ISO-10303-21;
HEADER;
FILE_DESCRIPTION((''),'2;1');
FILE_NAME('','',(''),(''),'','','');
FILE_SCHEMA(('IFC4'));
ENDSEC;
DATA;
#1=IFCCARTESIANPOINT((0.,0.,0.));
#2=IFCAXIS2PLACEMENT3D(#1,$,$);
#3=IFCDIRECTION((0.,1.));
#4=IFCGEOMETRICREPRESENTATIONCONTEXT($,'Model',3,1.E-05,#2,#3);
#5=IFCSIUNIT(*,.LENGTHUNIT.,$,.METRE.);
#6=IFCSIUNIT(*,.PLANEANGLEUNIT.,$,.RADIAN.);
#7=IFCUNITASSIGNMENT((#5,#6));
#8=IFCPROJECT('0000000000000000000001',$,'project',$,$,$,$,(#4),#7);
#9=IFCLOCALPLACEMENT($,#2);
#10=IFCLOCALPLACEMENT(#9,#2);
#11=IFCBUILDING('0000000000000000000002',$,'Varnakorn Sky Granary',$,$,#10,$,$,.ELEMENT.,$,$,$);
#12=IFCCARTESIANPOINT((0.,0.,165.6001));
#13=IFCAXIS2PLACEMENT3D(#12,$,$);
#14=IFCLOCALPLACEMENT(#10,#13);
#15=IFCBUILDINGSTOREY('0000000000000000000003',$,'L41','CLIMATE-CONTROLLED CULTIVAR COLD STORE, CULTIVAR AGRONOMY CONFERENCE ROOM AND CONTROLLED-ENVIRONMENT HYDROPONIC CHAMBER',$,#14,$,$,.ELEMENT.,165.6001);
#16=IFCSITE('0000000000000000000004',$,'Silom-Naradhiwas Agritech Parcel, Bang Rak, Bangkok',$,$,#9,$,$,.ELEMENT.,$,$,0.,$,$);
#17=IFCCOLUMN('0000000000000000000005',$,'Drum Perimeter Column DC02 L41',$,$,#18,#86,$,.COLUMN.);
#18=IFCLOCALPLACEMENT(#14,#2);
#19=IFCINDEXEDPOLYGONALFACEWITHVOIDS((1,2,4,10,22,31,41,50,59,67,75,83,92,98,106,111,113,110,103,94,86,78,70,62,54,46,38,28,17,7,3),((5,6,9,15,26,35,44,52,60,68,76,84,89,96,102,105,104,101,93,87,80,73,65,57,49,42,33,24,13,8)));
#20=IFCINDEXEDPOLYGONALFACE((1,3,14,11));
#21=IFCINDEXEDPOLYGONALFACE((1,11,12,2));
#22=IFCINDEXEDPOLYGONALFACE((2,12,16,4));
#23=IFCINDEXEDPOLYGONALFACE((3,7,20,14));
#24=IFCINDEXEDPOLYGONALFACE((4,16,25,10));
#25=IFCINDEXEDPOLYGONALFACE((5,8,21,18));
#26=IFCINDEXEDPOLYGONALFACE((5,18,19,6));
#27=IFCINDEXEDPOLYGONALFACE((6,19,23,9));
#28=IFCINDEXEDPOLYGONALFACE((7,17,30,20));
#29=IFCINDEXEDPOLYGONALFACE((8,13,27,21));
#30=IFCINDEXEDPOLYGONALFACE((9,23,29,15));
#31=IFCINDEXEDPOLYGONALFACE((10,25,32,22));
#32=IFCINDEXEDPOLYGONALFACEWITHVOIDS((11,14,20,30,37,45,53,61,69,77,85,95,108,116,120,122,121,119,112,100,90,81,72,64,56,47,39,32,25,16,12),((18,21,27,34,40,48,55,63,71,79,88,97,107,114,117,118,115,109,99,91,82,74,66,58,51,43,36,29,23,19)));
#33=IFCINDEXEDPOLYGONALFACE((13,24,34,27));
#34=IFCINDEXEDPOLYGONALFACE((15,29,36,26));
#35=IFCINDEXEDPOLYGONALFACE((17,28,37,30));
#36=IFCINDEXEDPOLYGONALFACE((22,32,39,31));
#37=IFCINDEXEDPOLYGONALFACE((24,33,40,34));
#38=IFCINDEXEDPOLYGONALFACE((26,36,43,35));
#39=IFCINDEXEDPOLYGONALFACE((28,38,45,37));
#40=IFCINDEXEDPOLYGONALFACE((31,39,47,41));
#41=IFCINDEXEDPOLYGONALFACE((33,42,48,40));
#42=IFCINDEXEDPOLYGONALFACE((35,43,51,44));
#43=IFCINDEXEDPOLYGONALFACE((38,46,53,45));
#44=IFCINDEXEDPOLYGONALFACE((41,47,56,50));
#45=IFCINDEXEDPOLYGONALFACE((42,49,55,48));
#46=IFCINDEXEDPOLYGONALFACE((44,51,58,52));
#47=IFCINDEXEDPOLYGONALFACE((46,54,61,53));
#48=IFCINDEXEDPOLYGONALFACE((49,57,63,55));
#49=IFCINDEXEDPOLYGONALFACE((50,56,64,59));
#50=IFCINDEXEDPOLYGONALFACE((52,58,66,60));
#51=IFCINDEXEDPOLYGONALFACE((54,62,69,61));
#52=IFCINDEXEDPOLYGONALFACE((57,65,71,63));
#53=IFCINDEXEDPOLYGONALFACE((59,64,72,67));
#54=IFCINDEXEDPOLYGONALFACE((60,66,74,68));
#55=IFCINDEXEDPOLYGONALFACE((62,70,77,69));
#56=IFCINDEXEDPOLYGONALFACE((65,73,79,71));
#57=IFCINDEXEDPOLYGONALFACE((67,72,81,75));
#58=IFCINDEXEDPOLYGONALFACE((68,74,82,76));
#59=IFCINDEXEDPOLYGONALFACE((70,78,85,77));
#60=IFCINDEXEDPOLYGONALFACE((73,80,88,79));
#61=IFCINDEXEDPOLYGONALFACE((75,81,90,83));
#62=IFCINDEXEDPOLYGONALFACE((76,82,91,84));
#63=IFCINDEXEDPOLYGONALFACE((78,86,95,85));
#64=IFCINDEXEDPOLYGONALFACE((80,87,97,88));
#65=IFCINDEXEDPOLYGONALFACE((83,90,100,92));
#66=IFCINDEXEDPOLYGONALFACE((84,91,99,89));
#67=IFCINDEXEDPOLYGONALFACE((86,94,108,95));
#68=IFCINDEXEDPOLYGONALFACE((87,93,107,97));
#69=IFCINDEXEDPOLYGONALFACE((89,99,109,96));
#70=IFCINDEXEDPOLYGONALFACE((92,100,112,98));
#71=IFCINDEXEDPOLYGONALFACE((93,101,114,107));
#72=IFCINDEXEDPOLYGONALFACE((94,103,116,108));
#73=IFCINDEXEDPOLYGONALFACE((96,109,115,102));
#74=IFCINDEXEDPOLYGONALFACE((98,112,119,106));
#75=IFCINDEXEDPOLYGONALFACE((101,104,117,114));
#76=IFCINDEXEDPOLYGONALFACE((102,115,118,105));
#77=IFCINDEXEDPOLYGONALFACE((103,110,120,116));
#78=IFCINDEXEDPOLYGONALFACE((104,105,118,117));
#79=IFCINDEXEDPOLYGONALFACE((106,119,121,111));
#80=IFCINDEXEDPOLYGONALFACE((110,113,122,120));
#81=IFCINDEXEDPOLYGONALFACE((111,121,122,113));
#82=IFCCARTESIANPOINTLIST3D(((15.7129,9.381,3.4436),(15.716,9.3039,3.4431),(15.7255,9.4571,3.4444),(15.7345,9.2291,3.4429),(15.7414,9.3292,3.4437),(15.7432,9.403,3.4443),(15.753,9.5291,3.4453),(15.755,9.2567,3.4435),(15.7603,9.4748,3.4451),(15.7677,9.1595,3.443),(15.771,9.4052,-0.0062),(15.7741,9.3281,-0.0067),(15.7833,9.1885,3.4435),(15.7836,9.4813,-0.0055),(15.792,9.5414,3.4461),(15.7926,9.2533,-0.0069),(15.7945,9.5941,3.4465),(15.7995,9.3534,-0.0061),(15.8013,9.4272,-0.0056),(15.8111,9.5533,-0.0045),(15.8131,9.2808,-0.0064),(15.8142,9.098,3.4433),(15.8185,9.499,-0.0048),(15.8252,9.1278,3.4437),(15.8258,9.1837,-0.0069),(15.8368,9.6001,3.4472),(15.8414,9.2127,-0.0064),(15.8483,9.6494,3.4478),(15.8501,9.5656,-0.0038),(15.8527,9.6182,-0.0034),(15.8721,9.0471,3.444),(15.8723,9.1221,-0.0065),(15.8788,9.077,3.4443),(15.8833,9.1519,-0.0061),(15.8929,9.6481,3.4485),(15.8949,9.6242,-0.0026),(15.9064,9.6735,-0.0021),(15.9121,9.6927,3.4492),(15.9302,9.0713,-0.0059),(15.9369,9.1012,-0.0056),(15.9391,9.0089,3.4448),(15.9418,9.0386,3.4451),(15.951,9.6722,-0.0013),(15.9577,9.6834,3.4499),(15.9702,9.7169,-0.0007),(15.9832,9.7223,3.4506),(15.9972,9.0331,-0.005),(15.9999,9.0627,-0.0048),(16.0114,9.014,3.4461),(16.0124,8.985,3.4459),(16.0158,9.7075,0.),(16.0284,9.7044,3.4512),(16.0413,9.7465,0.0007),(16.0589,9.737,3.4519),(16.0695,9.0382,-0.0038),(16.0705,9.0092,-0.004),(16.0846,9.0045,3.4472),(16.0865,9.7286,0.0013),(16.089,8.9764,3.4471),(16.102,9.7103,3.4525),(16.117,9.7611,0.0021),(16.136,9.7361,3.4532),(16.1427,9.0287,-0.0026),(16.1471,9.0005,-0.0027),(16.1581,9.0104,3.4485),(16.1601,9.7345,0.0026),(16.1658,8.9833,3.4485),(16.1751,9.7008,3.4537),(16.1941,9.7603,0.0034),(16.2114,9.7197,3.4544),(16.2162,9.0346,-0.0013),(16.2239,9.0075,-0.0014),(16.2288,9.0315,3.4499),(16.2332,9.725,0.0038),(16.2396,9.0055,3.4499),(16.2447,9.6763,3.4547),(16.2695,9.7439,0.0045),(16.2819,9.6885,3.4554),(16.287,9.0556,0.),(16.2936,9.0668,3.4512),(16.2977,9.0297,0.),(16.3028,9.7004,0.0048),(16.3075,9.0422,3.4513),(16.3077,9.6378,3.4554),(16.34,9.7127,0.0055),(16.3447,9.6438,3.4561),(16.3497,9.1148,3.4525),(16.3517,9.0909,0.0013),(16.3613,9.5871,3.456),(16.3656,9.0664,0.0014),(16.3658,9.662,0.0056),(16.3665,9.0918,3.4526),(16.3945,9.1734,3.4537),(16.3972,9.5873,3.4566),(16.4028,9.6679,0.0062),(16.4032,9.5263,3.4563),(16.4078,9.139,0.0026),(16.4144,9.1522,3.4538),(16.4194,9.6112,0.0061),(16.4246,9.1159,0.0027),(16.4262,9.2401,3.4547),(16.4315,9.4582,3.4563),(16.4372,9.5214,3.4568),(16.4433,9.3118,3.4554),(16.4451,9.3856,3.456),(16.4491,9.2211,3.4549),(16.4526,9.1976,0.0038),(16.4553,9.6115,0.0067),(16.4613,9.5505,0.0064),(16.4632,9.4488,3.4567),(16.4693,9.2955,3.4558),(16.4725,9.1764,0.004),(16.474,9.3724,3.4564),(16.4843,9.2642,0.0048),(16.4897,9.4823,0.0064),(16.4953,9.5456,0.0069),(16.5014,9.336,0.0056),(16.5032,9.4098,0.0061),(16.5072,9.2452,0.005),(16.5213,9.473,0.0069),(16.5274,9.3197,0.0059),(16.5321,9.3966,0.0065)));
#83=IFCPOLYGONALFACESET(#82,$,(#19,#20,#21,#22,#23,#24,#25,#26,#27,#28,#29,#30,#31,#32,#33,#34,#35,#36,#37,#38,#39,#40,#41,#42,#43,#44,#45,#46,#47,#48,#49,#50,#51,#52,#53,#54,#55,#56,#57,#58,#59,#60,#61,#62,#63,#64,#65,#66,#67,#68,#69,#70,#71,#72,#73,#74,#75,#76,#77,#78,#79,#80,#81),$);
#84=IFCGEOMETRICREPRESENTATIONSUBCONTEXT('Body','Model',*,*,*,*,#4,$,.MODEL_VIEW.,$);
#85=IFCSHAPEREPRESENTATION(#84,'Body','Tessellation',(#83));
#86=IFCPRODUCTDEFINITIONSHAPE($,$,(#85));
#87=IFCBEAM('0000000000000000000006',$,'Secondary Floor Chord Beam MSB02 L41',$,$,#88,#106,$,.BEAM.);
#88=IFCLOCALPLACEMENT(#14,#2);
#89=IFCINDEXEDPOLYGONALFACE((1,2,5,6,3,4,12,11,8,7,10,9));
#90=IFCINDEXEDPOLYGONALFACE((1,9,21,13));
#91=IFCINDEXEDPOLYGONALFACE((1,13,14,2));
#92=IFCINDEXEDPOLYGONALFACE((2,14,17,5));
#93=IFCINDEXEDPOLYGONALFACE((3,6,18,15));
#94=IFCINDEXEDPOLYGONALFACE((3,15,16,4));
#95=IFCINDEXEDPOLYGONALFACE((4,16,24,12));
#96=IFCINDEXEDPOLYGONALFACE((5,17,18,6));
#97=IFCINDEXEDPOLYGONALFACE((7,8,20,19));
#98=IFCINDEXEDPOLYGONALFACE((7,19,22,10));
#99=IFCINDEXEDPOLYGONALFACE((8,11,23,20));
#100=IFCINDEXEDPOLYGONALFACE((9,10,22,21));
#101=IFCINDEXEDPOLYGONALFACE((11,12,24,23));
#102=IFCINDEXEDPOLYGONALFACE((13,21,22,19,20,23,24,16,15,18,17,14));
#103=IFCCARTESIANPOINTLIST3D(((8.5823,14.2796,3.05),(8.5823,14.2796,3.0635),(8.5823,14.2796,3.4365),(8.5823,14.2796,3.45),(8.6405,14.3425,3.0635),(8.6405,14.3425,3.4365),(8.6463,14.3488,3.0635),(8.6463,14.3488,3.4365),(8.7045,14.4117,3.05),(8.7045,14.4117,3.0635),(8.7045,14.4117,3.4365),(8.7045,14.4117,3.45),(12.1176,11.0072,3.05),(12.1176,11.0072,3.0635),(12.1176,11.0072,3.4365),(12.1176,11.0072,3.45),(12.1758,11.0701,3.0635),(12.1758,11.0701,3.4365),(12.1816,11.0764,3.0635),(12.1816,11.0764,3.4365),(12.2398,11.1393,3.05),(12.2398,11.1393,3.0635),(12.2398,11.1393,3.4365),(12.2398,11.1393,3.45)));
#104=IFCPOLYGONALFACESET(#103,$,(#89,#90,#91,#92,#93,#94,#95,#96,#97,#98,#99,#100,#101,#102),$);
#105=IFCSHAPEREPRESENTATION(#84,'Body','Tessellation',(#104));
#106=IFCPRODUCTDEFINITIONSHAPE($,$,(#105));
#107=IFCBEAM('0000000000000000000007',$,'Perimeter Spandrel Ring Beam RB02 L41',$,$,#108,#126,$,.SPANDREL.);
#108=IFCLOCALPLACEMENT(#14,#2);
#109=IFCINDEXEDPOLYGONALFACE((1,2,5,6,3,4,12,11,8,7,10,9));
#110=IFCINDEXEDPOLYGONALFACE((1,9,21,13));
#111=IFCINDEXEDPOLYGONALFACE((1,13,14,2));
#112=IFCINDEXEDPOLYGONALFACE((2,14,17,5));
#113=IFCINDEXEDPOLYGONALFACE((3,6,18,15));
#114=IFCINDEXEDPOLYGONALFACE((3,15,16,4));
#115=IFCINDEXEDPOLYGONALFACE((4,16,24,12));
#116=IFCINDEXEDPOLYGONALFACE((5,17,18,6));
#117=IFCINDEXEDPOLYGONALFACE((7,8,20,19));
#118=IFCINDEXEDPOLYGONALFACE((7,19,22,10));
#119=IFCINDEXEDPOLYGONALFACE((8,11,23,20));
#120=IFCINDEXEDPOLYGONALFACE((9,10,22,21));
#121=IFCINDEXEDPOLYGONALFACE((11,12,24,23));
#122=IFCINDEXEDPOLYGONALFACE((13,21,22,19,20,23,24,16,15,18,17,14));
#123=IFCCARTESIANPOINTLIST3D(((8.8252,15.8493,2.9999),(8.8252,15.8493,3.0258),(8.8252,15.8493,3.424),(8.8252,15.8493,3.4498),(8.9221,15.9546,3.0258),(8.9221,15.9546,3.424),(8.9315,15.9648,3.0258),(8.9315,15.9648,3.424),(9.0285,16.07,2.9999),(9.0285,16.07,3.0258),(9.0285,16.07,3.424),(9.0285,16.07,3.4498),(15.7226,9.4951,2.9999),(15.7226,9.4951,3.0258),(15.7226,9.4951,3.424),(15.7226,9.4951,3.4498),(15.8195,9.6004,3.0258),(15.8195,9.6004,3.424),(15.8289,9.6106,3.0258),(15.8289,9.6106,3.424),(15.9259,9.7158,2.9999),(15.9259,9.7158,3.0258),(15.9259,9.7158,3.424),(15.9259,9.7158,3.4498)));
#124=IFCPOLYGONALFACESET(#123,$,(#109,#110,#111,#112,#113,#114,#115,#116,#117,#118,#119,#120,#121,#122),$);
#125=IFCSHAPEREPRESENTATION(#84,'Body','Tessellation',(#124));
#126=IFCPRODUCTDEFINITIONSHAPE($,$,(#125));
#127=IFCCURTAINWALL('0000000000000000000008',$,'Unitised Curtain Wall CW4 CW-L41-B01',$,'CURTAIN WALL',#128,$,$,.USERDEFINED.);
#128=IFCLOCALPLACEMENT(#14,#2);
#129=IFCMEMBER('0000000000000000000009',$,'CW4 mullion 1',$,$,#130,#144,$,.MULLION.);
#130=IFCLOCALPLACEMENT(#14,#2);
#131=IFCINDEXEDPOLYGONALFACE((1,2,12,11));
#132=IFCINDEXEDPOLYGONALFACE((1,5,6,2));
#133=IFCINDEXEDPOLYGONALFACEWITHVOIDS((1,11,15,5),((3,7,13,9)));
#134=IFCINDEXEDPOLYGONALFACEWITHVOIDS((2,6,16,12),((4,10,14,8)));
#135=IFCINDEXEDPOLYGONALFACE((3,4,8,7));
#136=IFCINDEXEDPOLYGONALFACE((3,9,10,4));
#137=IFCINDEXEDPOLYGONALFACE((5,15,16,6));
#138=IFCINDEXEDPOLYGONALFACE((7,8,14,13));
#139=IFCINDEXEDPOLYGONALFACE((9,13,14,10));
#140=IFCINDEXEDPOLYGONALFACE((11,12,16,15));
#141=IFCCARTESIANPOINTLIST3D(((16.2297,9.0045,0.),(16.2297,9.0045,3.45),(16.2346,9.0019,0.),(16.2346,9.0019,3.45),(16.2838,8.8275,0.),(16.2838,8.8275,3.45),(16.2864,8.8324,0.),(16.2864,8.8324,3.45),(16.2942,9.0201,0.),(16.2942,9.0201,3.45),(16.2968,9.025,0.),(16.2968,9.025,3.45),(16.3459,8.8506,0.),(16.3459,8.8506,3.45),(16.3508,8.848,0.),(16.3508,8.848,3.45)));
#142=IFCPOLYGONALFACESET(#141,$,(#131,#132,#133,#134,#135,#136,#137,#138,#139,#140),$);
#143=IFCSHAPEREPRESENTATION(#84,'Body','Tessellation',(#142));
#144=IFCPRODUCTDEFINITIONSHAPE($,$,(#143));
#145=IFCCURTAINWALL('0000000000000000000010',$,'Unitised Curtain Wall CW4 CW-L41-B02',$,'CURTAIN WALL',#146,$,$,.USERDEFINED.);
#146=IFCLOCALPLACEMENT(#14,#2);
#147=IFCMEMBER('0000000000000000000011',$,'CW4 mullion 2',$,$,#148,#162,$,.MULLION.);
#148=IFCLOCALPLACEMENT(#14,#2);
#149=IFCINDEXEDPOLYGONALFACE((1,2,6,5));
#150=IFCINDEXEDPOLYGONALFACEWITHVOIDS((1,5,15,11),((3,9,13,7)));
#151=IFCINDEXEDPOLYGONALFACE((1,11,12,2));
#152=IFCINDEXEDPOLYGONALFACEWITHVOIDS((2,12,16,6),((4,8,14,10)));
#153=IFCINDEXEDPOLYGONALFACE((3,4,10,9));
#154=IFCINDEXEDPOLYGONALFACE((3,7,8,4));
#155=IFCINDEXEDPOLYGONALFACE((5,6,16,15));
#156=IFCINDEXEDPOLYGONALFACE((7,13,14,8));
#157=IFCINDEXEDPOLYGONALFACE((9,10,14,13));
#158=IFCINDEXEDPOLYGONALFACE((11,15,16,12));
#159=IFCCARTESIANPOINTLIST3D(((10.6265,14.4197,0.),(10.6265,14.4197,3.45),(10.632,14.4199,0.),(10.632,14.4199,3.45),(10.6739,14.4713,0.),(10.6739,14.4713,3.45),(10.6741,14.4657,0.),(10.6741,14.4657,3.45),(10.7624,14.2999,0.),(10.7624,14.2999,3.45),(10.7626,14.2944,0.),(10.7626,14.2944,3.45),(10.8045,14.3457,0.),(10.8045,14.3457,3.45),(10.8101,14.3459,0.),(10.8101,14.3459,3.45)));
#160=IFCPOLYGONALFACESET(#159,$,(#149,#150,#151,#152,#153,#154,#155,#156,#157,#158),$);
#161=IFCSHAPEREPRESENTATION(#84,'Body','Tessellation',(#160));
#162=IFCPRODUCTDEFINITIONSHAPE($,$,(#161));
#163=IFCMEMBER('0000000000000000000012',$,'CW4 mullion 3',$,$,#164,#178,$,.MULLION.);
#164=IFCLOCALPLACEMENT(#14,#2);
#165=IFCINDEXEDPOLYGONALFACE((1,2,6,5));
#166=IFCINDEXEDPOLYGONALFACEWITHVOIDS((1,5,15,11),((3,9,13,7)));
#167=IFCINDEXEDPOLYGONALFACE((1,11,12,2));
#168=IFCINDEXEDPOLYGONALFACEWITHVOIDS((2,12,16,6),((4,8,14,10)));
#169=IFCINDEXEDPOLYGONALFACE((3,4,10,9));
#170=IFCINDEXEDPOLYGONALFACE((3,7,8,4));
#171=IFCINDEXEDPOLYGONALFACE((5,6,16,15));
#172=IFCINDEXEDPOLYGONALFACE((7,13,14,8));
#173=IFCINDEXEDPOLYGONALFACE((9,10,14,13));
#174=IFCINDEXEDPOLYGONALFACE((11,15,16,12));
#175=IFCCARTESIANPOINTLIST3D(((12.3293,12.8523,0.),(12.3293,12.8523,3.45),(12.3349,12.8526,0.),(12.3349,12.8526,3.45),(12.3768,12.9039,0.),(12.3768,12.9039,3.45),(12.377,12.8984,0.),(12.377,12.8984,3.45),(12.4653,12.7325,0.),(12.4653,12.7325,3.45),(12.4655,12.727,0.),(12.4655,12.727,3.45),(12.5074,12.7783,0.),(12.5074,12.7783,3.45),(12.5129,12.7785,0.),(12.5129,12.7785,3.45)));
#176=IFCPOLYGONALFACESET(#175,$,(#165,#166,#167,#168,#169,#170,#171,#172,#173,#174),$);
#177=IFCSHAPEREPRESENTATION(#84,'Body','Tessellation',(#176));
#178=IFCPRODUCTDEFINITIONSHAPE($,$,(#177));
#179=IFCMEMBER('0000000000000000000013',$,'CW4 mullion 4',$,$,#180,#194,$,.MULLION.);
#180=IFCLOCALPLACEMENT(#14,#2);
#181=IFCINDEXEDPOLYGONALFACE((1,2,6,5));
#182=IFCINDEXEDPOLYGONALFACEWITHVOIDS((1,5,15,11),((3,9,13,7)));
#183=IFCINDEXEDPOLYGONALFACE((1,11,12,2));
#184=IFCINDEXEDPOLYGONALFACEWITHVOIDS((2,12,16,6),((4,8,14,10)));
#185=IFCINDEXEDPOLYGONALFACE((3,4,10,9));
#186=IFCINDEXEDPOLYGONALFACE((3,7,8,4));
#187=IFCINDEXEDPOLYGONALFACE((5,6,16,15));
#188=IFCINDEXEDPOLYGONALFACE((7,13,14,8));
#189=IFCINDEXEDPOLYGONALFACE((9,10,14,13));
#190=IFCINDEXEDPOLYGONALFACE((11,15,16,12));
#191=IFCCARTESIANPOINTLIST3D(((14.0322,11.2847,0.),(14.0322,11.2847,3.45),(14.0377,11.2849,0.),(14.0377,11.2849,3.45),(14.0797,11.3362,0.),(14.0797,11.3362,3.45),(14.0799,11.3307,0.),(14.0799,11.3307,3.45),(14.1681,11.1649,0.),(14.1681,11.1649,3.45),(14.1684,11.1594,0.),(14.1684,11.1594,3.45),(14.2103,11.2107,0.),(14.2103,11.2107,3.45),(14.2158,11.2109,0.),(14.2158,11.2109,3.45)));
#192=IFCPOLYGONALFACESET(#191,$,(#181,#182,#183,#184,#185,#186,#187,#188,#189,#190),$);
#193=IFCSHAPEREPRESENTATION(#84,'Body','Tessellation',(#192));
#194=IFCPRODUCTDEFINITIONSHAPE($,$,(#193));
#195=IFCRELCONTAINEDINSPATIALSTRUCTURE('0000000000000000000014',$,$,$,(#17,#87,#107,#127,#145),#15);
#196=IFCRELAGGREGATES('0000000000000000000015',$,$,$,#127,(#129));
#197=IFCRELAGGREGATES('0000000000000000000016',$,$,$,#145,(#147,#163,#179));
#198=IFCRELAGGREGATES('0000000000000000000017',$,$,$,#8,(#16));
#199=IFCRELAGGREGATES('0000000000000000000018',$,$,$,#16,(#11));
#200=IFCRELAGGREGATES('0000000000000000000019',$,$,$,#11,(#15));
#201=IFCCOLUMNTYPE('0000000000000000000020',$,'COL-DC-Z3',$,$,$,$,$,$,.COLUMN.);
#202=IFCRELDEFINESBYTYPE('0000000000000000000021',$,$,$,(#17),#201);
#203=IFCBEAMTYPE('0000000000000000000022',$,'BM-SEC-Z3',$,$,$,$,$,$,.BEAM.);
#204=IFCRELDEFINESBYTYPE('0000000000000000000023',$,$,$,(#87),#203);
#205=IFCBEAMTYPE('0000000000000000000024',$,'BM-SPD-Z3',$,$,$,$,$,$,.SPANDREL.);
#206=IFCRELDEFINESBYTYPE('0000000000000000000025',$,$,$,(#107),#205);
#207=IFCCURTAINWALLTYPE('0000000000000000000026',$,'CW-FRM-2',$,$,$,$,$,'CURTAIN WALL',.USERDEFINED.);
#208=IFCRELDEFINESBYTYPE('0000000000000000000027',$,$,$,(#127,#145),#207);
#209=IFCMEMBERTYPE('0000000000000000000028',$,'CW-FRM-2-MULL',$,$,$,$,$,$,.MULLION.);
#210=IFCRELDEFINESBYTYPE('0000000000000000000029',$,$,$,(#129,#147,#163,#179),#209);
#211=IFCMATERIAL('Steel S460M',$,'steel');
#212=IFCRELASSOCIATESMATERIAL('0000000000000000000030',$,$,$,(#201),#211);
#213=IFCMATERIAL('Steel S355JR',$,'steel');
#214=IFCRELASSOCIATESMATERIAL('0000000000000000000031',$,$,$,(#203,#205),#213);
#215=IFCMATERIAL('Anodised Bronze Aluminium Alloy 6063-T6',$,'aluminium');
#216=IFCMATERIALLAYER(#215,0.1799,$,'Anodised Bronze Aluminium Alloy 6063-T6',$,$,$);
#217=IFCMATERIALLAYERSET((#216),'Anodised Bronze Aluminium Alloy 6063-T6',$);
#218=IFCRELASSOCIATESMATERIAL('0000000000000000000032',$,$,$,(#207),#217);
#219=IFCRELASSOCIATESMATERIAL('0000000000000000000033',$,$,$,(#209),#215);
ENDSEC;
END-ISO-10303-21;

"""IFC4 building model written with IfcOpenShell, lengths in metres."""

from ifc_helpers import new_model, si_unit, direction, frame, origin, origin_2d, place, context, subcontext, project, spatial, hollow_rectangle, hollow_circle, i_section, extrude, material, layer, layer_set, material_profile, profile_set, type_object, element, aggregate, save


model = new_model("IFC4")

# Units and contexts
model_context = context("Model", 3, precision=1e-05, world=origin(), true_north=direction((0.0, 1.0)))
body_context = subcontext(model_context, "Body", "Model", "MODEL_VIEW")
ifc_project = project(units=[si_unit("LENGTHUNIT", "METRE"), si_unit("PLANEANGLEUNIT", "RADIAN")], contexts=[model_context])

# Site, building, storey
site_placement = place(None, origin())
site = spatial("IfcSite", under=ifc_project, at=site_placement, Name="Silom-Naradhiwas Agritech Parcel, Bang Rak, Bangkok", CompositionType="ELEMENT", RefElevation=0.0)
building_placement = place(site_placement, origin())
building = spatial("IfcBuilding", under=site, at=building_placement, Name="Varnakorn Sky Granary", CompositionType="ELEMENT")
storey_placement = place(building_placement, frame((0.0, 0.0, 165.6001)))
storey = spatial("IfcBuildingStorey", under=building, at=storey_placement, Name="L41", Description="CLIMATE-CONTROLLED CULTIVAR COLD STORE, CULTIVAR AGRONOMY CONFERENCE ROOM AND CONTROLLED-ENVIRONMENT HYDROPONIC CHAMBER", CompositionType="ELEMENT", Elevation=165.6001)

# Column
ifc_material_1 = material(Name="Steel S460M", Category="steel")
ifc_material_profile_1 = material_profile(ifc_material_1, hollow_circle(Radius=0.3811, WallThickness=0.0281, at=origin_2d()), Name="CHS 762x28")
ifc_profile_set_1 = profile_set([ifc_material_profile_1], Name="Steel S460M")
column_type = type_object("IfcColumnType", Name="COL-DC-Z3", PredefinedType="COLUMN", material=ifc_profile_set_1)
column_placement = place(storey_placement, frame((16.1514, 9.3816, 0.0), z_axis=(-0.01684, -0.007005, 0.999834), x_axis=(0.384064, -0.923306, 0.0)))
element("IfcColumn", 1, at=column_placement, inside=storey, type_object=column_type, Name="Drum Perimeter Column DC02 L41", PredefinedType="COLUMN", context=body_context, shape_type="SweptSolid", body=[
    extrude(hollow_circle(Radius=0.3811, WallThickness=0.0281, at=origin_2d()), origin(), (0.0, 0.0, 1.0), 3.4504),
])

# Beams
ifc_material_2 = material(Name="Steel S355JR", Category="steel")
ifc_material_profile_2 = material_profile(ifc_material_2, i_section(OverallWidth=0.1799, OverallDepth=0.3999, WebThickness=0.0085, FlangeThickness=0.0134, at=origin_2d()), Name="IPE 400")
ifc_profile_set_2 = profile_set([ifc_material_profile_2], Name="Steel S355JR")
beam_type_1 = type_object("IfcBeamType", Name="BM-SEC-Z3", PredefinedType="BEAM", material=ifc_profile_set_2)
beam_1_placement = place(storey_placement, frame((12.1787, 11.0732, 3.25), z_axis=(-0.73387, 0.67929, 0.0), x_axis=(-0.67929, -0.73387, 0.0)))
element("IfcBeam", 2, at=beam_1_placement, inside=storey, type_object=beam_type_1, Name="Secondary Floor Chord Beam MSB02 L41", PredefinedType="BEAM", context=body_context, shape_type="SweptSolid", body=[
    extrude(i_section(OverallWidth=0.1799, OverallDepth=0.3999, WebThickness=0.0085, FlangeThickness=0.0134, at=origin_2d()), origin(), (0.0, 0.0, 1.0), 4.8174),
])
ifc_material_profile_3 = material_profile(ifc_material_2, i_section(OverallWidth=0.3, OverallDepth=0.45, WebThickness=0.0139, FlangeThickness=0.0259, at=origin_2d()), Name="HE 450 B")
ifc_profile_set_3 = profile_set([ifc_material_profile_3], Name="Steel S355JR")
beam_type_2 = type_object("IfcBeamType", Name="BM-SPD-Z3", PredefinedType="SPANDREL", material=ifc_profile_set_3)
beam_2_placement = place(storey_placement, frame((15.8242, 9.6055, 3.2249), z_axis=(-0.735475, 0.677552, 0.0), x_axis=(-0.677552, -0.735475, 0.0)))
element("IfcBeam", 3, at=beam_2_placement, inside=storey, type_object=beam_type_2, Name="Perimeter Spandrel Ring Beam RB02 L41", PredefinedType="SPANDREL", context=body_context, shape_type="SweptSolid", body=[
    extrude(i_section(OverallWidth=0.3, OverallDepth=0.45, WebThickness=0.0139, FlangeThickness=0.0259, at=origin_2d()), origin(), (0.0, 0.0, 1.0), 9.3782),
])

# Curtain wall, member
ifc_material_3 = material(Name="Anodised Bronze Aluminium Alloy 6063-T6", Category="aluminium")
ifc_layer_1 = layer(ifc_material_3, 0.1799, Name="Anodised Bronze Aluminium Alloy 6063-T6")
ifc_layer_set_1 = layer_set([ifc_layer_1], Name="Anodised Bronze Aluminium Alloy 6063-T6")
curtain_wall_type = type_object("IfcCurtainWallType", Name="CW-FRM-2", ElementType="CURTAIN WALL", PredefinedType="USERDEFINED", material=ifc_layer_set_1)
curtain_wall_1_placement = place(storey_placement, origin())
curtain_wall_1 = element("IfcCurtainWall", 4, at=curtain_wall_1_placement, inside=storey, type_object=curtain_wall_type, Name="Unitised Curtain Wall CW4 CW-L41-B01", ObjectType="CURTAIN WALL", PredefinedType="USERDEFINED")
ifc_material_profile_4 = material_profile(ifc_material_3, hollow_rectangle(XDim=0.0701, YDim=0.1851, WallThickness=0.0039, at=origin_2d()), Name="ALU MULL 70x185")
ifc_profile_set_4 = profile_set([ifc_material_profile_4], Name="Anodised Bronze Aluminium Alloy 6063-T6")
member_type_1 = type_object("IfcMemberType", Name="CW-FRM-2-MULL", PredefinedType="MULLION", material=ifc_profile_set_4)
member_1_placement = place(storey_placement, frame((16.2903, 8.9263, 0.0), z_axis=(0.0, 0.0, 1.0), x_axis=(0.956374, 0.292147, 0.0)))
member_1 = element("IfcMember", 5, at=member_1_placement, type_object=member_type_1, Name="CW4 mullion 1", PredefinedType="MULLION", context=body_context, shape_type="SweptSolid", body=[
    extrude(hollow_rectangle(XDim=0.0701, YDim=0.1851, WallThickness=0.0039, at=origin_2d()), origin(), (0.0, 0.0, 1.0), 3.45),
])
aggregate(curtain_wall_1, [member_1])

# Curtain wall, members
curtain_wall_2_placement = place(storey_placement, origin())
curtain_wall_2 = element("IfcCurtainWall", 6, at=curtain_wall_2_placement, inside=storey, type_object=curtain_wall_type, Name="Unitised Curtain Wall CW4 CW-L41-B02", ObjectType="CURTAIN WALL", PredefinedType="USERDEFINED")
member_2_placement = place(storey_placement, frame((10.7183, 14.3828, 0.0), z_axis=(0.0, 0.0, 1.0), x_axis=(0.677285, 0.735721, 0.0)))
member_2 = element("IfcMember", 7, at=member_2_placement, type_object=member_type_1, Name="CW4 mullion 2", PredefinedType="MULLION", context=body_context, shape_type="SweptSolid", body=[
    extrude(hollow_rectangle(XDim=0.0701, YDim=0.1851, WallThickness=0.0039, at=origin_2d()), origin(), (0.0, 0.0, 1.0), 3.45),
])
member_3_placement = place(storey_placement, frame((12.4211, 12.8154, 0.0), z_axis=(0.0, 0.0, 1.0), x_axis=(0.677285, 0.735721, 0.0)))
member_3 = element("IfcMember", 8, at=member_3_placement, type_object=member_type_1, Name="CW4 mullion 3", PredefinedType="MULLION", context=body_context, shape_type="SweptSolid", body=[
    extrude(hollow_rectangle(XDim=0.0701, YDim=0.1851, WallThickness=0.0039, at=origin_2d()), origin(), (0.0, 0.0, 1.0), 3.45),
])
member_4_placement = place(storey_placement, frame((14.124, 11.2478, 0.0), z_axis=(0.0, 0.0, 1.0), x_axis=(0.677285, 0.735721, 0.0)))
member_4 = element("IfcMember", 9, at=member_4_placement, type_object=member_type_1, Name="CW4 mullion 4", PredefinedType="MULLION", context=body_context, shape_type="SweptSolid", body=[
    extrude(hollow_rectangle(XDim=0.0701, YDim=0.1851, WallThickness=0.0039, at=origin_2d()), origin(), (0.0, 0.0, 1.0), 3.45),
])

aggregate(curtain_wall_2, [member_2, member_3, member_4])

save(model, "model.ifc")
